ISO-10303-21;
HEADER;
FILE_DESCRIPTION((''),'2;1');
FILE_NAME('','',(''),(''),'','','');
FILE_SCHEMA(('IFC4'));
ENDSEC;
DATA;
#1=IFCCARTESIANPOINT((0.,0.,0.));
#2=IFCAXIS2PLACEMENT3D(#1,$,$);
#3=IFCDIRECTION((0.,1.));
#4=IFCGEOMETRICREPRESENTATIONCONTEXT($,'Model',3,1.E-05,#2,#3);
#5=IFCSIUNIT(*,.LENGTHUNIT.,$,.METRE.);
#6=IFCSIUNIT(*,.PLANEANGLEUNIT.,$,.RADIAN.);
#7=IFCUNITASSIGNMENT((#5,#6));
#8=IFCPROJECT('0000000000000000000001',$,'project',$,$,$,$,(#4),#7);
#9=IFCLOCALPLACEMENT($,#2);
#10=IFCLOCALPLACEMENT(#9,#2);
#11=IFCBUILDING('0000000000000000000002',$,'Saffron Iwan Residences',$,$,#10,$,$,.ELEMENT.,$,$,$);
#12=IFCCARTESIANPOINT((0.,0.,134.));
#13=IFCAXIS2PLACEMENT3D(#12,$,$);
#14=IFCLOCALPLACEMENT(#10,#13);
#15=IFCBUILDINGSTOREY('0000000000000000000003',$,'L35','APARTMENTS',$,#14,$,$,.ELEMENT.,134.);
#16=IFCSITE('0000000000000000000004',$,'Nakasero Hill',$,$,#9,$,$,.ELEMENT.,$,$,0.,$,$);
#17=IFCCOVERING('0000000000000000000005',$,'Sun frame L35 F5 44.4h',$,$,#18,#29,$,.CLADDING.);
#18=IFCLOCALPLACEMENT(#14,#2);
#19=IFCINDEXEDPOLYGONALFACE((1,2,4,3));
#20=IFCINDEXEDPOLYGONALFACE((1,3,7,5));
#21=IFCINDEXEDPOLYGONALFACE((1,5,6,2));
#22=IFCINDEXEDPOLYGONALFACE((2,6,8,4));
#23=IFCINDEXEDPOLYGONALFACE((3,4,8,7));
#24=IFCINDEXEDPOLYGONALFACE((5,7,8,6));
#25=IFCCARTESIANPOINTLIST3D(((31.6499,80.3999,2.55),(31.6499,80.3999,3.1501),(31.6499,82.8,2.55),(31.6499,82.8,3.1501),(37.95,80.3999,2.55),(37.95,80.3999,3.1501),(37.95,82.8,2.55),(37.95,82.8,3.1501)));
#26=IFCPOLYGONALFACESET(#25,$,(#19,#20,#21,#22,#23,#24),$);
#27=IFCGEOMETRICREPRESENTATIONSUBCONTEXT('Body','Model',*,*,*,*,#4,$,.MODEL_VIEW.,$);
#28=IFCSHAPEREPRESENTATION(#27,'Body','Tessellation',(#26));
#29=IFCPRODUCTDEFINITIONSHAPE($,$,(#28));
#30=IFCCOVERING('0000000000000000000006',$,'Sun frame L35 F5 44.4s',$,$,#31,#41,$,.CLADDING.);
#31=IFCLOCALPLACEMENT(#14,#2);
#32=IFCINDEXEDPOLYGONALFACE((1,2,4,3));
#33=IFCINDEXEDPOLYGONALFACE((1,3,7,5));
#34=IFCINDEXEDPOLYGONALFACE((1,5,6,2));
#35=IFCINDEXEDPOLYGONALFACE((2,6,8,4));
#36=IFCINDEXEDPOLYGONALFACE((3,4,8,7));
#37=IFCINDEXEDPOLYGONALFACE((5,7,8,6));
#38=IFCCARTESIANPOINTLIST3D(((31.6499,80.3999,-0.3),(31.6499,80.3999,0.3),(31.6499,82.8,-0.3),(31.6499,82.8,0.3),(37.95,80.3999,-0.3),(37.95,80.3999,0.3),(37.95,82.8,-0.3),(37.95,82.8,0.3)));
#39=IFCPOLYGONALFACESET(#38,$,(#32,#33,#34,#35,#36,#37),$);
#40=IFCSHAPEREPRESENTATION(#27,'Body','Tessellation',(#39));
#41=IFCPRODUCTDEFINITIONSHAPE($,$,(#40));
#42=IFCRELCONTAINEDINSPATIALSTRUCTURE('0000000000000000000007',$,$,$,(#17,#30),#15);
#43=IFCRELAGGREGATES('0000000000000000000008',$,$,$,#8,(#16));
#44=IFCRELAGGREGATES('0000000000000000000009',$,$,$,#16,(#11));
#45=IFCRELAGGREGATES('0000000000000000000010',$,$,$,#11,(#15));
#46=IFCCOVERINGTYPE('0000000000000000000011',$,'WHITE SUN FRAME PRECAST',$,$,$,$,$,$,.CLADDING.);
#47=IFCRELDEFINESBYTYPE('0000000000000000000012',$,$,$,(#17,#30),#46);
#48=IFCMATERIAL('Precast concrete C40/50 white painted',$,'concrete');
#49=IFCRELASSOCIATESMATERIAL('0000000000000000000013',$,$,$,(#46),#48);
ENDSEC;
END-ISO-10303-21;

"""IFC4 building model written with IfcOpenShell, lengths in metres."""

from ifc_helpers import new_model, si_unit, direction, frame, origin, place, context, subcontext, project, spatial, polyline, outline, extrude, material, type_object, element, save


model = new_model("IFC4")

# Units and contexts
model_context = context("Model", 3, precision=1e-05, world=origin(), true_north=direction((0.0, 1.0)))
body_context = subcontext(model_context, "Body", "Model", "MODEL_VIEW")
ifc_project = project(units=[si_unit("LENGTHUNIT", "METRE"), si_unit("PLANEANGLEUNIT", "RADIAN")], contexts=[model_context])

# Site, building, storey
site_placement = place(None, origin())
site = spatial("IfcSite", under=ifc_project, at=site_placement, Name="Nakasero Hill", CompositionType="ELEMENT", RefElevation=0.0)
building_placement = place(site_placement, origin())
building = spatial("IfcBuilding", under=site, at=building_placement, Name="Saffron Iwan Residences", CompositionType="ELEMENT")
storey_placement = place(building_placement, frame((0.0, 0.0, 134.0)))
storey = spatial("IfcBuildingStorey", under=building, at=storey_placement, Name="L35", Description="APARTMENTS", CompositionType="ELEMENT", Elevation=134.0)

# Coverings
ifc_material_1 = material(Name="Precast concrete C40/50 white painted", Category="concrete")
covering_type = type_object("IfcCoveringType", Name="WHITE SUN FRAME PRECAST", PredefinedType="CLADDING", material=ifc_material_1)
for number, where, z_axis, x_axis, name in (
    (1, (37.95, 80.3999, 2.55), (0.0, 1.0, 0.0), (-1.0, 0.0, 0.0), "Sun frame L35 F5 44.4h"),
    (2, (37.95, 80.3999, -0.3), (0.0, 1.0, 0.0), (-1.0, 0.0, 0.0), "Sun frame L35 F5 44.4s"),
):
    element("IfcCovering", number, at=place(storey_placement, frame(where, z_axis=z_axis, x_axis=x_axis)), inside=storey, type_object=covering_type, Name=name, PredefinedType="CLADDING", context=body_context, shape_type="SweptSolid", body=[
        extrude(outline(polyline([(0.0, 0.0), (6.3, 0.0), (6.3, 0.6001), (0.0, 0.6001), (0.0, 0.0)])), origin(), (0.0, 0.0, 1.0), 2.4001),
    ])

save(model, "model.ifc")
